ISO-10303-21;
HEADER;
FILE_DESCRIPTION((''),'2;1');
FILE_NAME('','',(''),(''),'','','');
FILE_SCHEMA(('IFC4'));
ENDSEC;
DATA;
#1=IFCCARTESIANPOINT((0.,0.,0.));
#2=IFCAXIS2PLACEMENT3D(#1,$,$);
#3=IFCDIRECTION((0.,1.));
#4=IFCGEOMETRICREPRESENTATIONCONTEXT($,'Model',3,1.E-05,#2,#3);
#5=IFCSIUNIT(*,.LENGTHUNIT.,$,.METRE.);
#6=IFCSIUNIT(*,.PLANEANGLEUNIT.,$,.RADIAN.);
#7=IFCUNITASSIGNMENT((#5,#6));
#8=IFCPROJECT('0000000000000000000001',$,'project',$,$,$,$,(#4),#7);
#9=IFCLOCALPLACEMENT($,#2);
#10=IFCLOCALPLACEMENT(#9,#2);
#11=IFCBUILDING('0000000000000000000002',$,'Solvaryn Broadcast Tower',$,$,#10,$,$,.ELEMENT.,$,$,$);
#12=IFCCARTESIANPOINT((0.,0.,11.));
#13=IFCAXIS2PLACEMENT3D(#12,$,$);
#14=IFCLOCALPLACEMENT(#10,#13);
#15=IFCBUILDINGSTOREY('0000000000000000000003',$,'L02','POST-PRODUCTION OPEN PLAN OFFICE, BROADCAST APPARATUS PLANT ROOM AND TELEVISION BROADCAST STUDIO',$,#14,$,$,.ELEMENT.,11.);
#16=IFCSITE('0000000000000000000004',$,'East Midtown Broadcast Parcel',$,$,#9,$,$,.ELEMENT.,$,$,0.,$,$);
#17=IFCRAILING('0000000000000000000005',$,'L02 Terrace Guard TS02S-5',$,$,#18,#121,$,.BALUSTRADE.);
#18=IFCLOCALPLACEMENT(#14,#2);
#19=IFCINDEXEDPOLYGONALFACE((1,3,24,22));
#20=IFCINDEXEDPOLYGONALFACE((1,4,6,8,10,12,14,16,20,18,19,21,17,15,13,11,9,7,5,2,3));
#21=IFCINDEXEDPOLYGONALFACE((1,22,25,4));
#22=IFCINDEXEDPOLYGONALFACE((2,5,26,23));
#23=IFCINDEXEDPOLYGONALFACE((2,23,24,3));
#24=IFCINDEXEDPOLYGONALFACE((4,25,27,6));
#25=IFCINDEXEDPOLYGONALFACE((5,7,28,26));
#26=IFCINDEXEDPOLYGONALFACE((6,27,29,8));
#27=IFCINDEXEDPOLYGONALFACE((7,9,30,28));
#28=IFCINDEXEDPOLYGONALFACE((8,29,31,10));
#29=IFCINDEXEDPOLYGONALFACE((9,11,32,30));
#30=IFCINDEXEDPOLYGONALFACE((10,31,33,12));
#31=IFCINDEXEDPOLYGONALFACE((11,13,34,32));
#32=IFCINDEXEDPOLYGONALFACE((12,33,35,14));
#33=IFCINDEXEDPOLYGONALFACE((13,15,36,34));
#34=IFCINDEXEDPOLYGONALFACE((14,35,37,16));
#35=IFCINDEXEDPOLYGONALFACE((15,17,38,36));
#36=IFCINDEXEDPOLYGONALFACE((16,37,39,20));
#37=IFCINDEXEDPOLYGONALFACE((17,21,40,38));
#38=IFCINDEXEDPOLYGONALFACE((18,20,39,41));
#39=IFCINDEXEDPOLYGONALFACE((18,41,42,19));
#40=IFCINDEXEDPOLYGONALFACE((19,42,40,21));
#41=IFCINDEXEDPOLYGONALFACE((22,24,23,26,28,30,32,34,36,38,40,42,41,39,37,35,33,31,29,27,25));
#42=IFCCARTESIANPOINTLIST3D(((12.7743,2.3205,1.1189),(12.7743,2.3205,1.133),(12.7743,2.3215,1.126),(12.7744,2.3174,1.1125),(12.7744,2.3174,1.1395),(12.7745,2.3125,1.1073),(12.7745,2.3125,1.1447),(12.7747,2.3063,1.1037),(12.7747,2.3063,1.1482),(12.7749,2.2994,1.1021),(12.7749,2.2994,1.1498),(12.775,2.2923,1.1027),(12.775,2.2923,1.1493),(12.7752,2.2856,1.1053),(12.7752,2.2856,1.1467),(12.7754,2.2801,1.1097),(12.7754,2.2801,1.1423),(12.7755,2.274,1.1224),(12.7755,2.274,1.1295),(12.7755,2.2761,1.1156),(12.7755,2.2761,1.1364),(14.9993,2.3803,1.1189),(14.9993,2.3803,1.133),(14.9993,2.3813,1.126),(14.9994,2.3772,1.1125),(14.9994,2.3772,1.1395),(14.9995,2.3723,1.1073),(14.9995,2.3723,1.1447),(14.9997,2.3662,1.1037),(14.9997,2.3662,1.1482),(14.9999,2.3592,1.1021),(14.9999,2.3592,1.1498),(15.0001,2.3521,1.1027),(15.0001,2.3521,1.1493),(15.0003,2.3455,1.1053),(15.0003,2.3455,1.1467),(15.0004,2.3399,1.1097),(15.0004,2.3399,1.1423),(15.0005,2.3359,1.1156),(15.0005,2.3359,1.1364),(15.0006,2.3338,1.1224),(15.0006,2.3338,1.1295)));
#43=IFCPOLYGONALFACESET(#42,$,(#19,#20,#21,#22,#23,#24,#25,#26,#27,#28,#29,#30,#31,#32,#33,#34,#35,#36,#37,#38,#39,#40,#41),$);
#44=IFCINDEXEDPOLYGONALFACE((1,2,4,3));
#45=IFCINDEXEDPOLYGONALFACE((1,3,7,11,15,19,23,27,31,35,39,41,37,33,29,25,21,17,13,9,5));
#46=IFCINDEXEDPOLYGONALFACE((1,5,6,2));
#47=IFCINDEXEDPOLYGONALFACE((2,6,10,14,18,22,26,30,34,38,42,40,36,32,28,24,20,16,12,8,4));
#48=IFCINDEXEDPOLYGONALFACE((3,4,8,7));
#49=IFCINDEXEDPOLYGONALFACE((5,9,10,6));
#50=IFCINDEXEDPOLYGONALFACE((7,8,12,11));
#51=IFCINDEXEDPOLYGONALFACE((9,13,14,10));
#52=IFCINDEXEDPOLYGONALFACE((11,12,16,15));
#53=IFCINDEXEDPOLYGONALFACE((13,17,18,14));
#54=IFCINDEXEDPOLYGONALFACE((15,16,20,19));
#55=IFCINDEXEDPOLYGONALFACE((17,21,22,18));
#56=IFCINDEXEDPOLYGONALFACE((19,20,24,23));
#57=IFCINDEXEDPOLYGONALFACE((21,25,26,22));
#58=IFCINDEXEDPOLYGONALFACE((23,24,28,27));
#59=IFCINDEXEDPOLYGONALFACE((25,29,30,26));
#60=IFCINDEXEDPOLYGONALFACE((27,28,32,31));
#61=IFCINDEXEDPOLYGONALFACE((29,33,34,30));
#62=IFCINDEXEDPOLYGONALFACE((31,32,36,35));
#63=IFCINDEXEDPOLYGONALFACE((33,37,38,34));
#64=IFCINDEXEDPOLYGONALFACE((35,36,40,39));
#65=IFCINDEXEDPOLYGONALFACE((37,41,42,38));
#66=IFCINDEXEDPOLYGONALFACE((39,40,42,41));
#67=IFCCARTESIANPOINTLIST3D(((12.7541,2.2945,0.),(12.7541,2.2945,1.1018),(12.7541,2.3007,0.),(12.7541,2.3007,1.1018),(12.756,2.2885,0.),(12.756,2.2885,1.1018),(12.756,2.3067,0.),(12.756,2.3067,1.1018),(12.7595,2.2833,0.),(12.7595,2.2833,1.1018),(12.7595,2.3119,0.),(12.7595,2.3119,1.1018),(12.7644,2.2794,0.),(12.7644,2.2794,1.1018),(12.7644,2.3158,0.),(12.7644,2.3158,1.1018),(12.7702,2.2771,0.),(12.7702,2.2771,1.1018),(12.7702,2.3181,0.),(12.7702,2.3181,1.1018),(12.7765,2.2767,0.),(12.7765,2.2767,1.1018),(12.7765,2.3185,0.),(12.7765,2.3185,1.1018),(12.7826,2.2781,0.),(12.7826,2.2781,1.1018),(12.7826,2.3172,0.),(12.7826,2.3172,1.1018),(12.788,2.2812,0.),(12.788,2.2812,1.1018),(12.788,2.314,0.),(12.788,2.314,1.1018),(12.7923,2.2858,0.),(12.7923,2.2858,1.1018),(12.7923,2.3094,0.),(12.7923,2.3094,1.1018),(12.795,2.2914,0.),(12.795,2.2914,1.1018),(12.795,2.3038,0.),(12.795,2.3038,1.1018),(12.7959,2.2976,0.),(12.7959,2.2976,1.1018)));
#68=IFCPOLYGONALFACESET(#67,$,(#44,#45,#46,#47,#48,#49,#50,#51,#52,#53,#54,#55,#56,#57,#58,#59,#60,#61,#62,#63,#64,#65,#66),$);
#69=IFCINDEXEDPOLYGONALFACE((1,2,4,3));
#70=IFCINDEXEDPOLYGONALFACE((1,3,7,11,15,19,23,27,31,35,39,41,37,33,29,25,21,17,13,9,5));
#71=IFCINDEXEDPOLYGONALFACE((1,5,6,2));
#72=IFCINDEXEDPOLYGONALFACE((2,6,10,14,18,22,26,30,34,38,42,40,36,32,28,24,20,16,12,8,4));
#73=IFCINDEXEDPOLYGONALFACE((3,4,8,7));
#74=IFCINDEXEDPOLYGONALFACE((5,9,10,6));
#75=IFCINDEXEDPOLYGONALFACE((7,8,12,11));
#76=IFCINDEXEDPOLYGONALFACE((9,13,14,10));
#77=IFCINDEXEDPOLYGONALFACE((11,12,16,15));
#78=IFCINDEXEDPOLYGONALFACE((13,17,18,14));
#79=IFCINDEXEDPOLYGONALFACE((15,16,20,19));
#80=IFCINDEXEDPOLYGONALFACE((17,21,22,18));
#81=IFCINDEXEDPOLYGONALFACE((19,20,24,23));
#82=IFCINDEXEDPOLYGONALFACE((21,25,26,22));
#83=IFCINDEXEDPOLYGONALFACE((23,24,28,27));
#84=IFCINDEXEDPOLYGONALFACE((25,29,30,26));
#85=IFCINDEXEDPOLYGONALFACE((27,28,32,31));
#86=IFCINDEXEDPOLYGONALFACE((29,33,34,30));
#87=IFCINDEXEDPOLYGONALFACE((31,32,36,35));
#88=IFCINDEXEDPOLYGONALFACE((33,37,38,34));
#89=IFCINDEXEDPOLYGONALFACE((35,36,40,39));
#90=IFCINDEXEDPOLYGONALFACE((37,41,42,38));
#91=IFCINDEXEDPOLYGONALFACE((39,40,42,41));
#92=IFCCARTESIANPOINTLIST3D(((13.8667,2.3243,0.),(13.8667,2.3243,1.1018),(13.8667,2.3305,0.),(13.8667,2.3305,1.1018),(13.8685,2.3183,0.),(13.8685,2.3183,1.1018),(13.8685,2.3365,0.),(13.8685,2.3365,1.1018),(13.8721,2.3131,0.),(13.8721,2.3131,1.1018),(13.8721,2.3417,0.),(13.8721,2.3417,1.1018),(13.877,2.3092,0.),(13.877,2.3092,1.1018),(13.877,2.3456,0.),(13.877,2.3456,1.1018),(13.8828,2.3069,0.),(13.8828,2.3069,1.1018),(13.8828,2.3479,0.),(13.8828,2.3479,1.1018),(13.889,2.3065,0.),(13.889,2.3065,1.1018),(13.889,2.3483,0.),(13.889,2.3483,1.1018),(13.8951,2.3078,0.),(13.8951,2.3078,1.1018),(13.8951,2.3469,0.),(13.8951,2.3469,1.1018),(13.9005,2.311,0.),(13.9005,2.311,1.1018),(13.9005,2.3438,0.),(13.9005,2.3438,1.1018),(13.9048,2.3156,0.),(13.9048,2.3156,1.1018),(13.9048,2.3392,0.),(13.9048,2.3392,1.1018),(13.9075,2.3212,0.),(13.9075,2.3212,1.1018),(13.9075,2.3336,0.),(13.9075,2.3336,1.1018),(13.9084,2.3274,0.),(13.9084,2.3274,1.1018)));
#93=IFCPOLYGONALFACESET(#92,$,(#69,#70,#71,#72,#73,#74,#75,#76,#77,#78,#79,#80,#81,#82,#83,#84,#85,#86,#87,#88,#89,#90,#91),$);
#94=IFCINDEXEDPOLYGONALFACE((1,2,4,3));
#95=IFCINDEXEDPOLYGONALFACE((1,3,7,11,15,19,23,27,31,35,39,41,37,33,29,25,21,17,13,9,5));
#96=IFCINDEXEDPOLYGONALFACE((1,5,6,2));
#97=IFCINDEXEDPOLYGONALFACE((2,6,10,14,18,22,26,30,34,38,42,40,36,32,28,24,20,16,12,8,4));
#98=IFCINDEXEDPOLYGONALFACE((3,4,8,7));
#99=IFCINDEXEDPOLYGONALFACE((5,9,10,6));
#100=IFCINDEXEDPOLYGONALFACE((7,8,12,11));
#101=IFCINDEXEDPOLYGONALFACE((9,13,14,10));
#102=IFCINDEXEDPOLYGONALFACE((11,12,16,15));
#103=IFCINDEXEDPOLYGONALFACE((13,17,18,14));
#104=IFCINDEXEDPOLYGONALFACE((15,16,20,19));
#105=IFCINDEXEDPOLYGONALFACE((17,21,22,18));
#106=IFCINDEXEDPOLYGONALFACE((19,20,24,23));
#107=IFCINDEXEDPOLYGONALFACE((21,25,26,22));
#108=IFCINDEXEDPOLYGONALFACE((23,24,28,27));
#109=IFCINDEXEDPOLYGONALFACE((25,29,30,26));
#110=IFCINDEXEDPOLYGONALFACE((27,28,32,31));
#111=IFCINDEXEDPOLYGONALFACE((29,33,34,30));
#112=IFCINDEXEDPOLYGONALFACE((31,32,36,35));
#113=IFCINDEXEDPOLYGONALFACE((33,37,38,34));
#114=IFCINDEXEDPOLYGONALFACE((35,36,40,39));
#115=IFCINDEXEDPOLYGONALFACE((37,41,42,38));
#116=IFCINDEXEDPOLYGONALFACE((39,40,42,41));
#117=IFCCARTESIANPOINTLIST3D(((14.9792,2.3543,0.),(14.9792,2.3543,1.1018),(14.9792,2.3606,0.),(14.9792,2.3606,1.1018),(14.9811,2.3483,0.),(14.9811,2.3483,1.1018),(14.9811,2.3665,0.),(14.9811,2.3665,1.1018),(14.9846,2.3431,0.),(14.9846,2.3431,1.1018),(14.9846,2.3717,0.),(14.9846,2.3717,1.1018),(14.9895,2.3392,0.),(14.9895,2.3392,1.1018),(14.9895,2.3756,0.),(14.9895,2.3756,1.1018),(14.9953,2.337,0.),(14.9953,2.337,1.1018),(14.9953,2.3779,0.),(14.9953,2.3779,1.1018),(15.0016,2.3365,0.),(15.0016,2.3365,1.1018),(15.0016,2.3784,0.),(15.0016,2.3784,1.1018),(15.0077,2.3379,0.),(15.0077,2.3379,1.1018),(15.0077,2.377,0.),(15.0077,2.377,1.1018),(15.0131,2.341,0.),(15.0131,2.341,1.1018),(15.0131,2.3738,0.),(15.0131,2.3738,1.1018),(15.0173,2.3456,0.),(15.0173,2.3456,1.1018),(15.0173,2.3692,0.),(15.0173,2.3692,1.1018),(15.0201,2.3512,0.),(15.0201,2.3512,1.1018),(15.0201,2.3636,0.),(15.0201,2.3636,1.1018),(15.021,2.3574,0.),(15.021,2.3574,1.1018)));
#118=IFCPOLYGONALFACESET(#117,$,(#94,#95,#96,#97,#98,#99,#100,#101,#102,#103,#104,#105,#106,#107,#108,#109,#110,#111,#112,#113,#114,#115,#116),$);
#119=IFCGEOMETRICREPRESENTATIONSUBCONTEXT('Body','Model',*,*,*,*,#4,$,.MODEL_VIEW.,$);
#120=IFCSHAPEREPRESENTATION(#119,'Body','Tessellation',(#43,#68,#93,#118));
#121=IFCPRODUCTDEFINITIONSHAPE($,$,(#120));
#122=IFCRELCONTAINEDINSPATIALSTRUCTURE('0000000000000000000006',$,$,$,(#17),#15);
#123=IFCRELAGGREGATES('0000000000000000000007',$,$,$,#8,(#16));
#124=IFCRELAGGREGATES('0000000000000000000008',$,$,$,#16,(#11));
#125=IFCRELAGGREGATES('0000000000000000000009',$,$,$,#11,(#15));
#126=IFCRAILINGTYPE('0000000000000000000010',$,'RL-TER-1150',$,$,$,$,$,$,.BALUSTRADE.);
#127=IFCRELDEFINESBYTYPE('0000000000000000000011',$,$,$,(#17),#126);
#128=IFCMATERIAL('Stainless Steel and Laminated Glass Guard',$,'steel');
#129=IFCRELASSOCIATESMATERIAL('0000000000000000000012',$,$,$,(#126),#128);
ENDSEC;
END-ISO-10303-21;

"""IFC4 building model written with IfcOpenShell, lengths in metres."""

from ifc_helpers import new_model, si_unit, direction, frame, origin, origin_2d, place, context, subcontext, project, spatial, circle, extrude, material, type_object, element, save


model = new_model("IFC4")

# Units and contexts
model_context = context("Model", 3, precision=1e-05, world=origin(), true_north=direction((0.0, 1.0)))
body_context = subcontext(model_context, "Body", "Model", "MODEL_VIEW")
ifc_project = project(units=[si_unit("LENGTHUNIT", "METRE"), si_unit("PLANEANGLEUNIT", "RADIAN")], contexts=[model_context])

# Site, building, storey
site_placement = place(None, origin())
site = spatial("IfcSite", under=ifc_project, at=site_placement, Name="East Midtown Broadcast Parcel", CompositionType="ELEMENT", RefElevation=0.0)
building_placement = place(site_placement, origin())
building = spatial("IfcBuilding", under=site, at=building_placement, Name="Solvaryn Broadcast Tower", CompositionType="ELEMENT")
storey_placement = place(building_placement, frame((0.0, 0.0, 11.0)))
storey = spatial("IfcBuildingStorey", under=building, at=storey_placement, Name="L02", Description="POST-PRODUCTION OPEN PLAN OFFICE, BROADCAST APPARATUS PLANT ROOM AND TELEVISION BROADCAST STUDIO", CompositionType="ELEMENT", Elevation=11.0)

# Railing
ifc_material_1 = material(Name="Stainless Steel and Laminated Glass Guard", Category="steel")
railing_type = type_object("IfcRailingType", Name="RL-TER-1150", PredefinedType="BALUSTRADE", material=ifc_material_1)
railing_1_placement = place(storey_placement, frame((12.7749, 2.2976, 0.0)))
element("IfcRailing", 1, at=railing_1_placement, inside=storey, type_object=railing_type, Name="L02 Terrace Guard TS02S-5", PredefinedType="BALUSTRADE", context=body_context, shape_type="SweptSolid", body=[
    extrude(circle(Radius=0.0239, at=origin_2d()), frame((0.0, 0.0, 1.126), z_axis=(0.999639, 0.026872, 0.0), x_axis=(-0.026872, 0.999639, 0.0)), (0.0, 0.0, 1.0), 2.2258),
    extrude(circle(Radius=0.021, at=origin_2d()), origin(), (0.0, 0.0, 1.0), 1.1018),
    extrude(circle(Radius=0.021, at=origin_2d()), frame((1.1125, 0.0298, 0.0)), (0.0, 0.0, 1.0), 1.1018),
    extrude(circle(Radius=0.021, at=origin_2d()), frame((2.2251, 0.0598, 0.0)), (0.0, 0.0, 1.0), 1.1018),
])

save(model, "model.ifc")
